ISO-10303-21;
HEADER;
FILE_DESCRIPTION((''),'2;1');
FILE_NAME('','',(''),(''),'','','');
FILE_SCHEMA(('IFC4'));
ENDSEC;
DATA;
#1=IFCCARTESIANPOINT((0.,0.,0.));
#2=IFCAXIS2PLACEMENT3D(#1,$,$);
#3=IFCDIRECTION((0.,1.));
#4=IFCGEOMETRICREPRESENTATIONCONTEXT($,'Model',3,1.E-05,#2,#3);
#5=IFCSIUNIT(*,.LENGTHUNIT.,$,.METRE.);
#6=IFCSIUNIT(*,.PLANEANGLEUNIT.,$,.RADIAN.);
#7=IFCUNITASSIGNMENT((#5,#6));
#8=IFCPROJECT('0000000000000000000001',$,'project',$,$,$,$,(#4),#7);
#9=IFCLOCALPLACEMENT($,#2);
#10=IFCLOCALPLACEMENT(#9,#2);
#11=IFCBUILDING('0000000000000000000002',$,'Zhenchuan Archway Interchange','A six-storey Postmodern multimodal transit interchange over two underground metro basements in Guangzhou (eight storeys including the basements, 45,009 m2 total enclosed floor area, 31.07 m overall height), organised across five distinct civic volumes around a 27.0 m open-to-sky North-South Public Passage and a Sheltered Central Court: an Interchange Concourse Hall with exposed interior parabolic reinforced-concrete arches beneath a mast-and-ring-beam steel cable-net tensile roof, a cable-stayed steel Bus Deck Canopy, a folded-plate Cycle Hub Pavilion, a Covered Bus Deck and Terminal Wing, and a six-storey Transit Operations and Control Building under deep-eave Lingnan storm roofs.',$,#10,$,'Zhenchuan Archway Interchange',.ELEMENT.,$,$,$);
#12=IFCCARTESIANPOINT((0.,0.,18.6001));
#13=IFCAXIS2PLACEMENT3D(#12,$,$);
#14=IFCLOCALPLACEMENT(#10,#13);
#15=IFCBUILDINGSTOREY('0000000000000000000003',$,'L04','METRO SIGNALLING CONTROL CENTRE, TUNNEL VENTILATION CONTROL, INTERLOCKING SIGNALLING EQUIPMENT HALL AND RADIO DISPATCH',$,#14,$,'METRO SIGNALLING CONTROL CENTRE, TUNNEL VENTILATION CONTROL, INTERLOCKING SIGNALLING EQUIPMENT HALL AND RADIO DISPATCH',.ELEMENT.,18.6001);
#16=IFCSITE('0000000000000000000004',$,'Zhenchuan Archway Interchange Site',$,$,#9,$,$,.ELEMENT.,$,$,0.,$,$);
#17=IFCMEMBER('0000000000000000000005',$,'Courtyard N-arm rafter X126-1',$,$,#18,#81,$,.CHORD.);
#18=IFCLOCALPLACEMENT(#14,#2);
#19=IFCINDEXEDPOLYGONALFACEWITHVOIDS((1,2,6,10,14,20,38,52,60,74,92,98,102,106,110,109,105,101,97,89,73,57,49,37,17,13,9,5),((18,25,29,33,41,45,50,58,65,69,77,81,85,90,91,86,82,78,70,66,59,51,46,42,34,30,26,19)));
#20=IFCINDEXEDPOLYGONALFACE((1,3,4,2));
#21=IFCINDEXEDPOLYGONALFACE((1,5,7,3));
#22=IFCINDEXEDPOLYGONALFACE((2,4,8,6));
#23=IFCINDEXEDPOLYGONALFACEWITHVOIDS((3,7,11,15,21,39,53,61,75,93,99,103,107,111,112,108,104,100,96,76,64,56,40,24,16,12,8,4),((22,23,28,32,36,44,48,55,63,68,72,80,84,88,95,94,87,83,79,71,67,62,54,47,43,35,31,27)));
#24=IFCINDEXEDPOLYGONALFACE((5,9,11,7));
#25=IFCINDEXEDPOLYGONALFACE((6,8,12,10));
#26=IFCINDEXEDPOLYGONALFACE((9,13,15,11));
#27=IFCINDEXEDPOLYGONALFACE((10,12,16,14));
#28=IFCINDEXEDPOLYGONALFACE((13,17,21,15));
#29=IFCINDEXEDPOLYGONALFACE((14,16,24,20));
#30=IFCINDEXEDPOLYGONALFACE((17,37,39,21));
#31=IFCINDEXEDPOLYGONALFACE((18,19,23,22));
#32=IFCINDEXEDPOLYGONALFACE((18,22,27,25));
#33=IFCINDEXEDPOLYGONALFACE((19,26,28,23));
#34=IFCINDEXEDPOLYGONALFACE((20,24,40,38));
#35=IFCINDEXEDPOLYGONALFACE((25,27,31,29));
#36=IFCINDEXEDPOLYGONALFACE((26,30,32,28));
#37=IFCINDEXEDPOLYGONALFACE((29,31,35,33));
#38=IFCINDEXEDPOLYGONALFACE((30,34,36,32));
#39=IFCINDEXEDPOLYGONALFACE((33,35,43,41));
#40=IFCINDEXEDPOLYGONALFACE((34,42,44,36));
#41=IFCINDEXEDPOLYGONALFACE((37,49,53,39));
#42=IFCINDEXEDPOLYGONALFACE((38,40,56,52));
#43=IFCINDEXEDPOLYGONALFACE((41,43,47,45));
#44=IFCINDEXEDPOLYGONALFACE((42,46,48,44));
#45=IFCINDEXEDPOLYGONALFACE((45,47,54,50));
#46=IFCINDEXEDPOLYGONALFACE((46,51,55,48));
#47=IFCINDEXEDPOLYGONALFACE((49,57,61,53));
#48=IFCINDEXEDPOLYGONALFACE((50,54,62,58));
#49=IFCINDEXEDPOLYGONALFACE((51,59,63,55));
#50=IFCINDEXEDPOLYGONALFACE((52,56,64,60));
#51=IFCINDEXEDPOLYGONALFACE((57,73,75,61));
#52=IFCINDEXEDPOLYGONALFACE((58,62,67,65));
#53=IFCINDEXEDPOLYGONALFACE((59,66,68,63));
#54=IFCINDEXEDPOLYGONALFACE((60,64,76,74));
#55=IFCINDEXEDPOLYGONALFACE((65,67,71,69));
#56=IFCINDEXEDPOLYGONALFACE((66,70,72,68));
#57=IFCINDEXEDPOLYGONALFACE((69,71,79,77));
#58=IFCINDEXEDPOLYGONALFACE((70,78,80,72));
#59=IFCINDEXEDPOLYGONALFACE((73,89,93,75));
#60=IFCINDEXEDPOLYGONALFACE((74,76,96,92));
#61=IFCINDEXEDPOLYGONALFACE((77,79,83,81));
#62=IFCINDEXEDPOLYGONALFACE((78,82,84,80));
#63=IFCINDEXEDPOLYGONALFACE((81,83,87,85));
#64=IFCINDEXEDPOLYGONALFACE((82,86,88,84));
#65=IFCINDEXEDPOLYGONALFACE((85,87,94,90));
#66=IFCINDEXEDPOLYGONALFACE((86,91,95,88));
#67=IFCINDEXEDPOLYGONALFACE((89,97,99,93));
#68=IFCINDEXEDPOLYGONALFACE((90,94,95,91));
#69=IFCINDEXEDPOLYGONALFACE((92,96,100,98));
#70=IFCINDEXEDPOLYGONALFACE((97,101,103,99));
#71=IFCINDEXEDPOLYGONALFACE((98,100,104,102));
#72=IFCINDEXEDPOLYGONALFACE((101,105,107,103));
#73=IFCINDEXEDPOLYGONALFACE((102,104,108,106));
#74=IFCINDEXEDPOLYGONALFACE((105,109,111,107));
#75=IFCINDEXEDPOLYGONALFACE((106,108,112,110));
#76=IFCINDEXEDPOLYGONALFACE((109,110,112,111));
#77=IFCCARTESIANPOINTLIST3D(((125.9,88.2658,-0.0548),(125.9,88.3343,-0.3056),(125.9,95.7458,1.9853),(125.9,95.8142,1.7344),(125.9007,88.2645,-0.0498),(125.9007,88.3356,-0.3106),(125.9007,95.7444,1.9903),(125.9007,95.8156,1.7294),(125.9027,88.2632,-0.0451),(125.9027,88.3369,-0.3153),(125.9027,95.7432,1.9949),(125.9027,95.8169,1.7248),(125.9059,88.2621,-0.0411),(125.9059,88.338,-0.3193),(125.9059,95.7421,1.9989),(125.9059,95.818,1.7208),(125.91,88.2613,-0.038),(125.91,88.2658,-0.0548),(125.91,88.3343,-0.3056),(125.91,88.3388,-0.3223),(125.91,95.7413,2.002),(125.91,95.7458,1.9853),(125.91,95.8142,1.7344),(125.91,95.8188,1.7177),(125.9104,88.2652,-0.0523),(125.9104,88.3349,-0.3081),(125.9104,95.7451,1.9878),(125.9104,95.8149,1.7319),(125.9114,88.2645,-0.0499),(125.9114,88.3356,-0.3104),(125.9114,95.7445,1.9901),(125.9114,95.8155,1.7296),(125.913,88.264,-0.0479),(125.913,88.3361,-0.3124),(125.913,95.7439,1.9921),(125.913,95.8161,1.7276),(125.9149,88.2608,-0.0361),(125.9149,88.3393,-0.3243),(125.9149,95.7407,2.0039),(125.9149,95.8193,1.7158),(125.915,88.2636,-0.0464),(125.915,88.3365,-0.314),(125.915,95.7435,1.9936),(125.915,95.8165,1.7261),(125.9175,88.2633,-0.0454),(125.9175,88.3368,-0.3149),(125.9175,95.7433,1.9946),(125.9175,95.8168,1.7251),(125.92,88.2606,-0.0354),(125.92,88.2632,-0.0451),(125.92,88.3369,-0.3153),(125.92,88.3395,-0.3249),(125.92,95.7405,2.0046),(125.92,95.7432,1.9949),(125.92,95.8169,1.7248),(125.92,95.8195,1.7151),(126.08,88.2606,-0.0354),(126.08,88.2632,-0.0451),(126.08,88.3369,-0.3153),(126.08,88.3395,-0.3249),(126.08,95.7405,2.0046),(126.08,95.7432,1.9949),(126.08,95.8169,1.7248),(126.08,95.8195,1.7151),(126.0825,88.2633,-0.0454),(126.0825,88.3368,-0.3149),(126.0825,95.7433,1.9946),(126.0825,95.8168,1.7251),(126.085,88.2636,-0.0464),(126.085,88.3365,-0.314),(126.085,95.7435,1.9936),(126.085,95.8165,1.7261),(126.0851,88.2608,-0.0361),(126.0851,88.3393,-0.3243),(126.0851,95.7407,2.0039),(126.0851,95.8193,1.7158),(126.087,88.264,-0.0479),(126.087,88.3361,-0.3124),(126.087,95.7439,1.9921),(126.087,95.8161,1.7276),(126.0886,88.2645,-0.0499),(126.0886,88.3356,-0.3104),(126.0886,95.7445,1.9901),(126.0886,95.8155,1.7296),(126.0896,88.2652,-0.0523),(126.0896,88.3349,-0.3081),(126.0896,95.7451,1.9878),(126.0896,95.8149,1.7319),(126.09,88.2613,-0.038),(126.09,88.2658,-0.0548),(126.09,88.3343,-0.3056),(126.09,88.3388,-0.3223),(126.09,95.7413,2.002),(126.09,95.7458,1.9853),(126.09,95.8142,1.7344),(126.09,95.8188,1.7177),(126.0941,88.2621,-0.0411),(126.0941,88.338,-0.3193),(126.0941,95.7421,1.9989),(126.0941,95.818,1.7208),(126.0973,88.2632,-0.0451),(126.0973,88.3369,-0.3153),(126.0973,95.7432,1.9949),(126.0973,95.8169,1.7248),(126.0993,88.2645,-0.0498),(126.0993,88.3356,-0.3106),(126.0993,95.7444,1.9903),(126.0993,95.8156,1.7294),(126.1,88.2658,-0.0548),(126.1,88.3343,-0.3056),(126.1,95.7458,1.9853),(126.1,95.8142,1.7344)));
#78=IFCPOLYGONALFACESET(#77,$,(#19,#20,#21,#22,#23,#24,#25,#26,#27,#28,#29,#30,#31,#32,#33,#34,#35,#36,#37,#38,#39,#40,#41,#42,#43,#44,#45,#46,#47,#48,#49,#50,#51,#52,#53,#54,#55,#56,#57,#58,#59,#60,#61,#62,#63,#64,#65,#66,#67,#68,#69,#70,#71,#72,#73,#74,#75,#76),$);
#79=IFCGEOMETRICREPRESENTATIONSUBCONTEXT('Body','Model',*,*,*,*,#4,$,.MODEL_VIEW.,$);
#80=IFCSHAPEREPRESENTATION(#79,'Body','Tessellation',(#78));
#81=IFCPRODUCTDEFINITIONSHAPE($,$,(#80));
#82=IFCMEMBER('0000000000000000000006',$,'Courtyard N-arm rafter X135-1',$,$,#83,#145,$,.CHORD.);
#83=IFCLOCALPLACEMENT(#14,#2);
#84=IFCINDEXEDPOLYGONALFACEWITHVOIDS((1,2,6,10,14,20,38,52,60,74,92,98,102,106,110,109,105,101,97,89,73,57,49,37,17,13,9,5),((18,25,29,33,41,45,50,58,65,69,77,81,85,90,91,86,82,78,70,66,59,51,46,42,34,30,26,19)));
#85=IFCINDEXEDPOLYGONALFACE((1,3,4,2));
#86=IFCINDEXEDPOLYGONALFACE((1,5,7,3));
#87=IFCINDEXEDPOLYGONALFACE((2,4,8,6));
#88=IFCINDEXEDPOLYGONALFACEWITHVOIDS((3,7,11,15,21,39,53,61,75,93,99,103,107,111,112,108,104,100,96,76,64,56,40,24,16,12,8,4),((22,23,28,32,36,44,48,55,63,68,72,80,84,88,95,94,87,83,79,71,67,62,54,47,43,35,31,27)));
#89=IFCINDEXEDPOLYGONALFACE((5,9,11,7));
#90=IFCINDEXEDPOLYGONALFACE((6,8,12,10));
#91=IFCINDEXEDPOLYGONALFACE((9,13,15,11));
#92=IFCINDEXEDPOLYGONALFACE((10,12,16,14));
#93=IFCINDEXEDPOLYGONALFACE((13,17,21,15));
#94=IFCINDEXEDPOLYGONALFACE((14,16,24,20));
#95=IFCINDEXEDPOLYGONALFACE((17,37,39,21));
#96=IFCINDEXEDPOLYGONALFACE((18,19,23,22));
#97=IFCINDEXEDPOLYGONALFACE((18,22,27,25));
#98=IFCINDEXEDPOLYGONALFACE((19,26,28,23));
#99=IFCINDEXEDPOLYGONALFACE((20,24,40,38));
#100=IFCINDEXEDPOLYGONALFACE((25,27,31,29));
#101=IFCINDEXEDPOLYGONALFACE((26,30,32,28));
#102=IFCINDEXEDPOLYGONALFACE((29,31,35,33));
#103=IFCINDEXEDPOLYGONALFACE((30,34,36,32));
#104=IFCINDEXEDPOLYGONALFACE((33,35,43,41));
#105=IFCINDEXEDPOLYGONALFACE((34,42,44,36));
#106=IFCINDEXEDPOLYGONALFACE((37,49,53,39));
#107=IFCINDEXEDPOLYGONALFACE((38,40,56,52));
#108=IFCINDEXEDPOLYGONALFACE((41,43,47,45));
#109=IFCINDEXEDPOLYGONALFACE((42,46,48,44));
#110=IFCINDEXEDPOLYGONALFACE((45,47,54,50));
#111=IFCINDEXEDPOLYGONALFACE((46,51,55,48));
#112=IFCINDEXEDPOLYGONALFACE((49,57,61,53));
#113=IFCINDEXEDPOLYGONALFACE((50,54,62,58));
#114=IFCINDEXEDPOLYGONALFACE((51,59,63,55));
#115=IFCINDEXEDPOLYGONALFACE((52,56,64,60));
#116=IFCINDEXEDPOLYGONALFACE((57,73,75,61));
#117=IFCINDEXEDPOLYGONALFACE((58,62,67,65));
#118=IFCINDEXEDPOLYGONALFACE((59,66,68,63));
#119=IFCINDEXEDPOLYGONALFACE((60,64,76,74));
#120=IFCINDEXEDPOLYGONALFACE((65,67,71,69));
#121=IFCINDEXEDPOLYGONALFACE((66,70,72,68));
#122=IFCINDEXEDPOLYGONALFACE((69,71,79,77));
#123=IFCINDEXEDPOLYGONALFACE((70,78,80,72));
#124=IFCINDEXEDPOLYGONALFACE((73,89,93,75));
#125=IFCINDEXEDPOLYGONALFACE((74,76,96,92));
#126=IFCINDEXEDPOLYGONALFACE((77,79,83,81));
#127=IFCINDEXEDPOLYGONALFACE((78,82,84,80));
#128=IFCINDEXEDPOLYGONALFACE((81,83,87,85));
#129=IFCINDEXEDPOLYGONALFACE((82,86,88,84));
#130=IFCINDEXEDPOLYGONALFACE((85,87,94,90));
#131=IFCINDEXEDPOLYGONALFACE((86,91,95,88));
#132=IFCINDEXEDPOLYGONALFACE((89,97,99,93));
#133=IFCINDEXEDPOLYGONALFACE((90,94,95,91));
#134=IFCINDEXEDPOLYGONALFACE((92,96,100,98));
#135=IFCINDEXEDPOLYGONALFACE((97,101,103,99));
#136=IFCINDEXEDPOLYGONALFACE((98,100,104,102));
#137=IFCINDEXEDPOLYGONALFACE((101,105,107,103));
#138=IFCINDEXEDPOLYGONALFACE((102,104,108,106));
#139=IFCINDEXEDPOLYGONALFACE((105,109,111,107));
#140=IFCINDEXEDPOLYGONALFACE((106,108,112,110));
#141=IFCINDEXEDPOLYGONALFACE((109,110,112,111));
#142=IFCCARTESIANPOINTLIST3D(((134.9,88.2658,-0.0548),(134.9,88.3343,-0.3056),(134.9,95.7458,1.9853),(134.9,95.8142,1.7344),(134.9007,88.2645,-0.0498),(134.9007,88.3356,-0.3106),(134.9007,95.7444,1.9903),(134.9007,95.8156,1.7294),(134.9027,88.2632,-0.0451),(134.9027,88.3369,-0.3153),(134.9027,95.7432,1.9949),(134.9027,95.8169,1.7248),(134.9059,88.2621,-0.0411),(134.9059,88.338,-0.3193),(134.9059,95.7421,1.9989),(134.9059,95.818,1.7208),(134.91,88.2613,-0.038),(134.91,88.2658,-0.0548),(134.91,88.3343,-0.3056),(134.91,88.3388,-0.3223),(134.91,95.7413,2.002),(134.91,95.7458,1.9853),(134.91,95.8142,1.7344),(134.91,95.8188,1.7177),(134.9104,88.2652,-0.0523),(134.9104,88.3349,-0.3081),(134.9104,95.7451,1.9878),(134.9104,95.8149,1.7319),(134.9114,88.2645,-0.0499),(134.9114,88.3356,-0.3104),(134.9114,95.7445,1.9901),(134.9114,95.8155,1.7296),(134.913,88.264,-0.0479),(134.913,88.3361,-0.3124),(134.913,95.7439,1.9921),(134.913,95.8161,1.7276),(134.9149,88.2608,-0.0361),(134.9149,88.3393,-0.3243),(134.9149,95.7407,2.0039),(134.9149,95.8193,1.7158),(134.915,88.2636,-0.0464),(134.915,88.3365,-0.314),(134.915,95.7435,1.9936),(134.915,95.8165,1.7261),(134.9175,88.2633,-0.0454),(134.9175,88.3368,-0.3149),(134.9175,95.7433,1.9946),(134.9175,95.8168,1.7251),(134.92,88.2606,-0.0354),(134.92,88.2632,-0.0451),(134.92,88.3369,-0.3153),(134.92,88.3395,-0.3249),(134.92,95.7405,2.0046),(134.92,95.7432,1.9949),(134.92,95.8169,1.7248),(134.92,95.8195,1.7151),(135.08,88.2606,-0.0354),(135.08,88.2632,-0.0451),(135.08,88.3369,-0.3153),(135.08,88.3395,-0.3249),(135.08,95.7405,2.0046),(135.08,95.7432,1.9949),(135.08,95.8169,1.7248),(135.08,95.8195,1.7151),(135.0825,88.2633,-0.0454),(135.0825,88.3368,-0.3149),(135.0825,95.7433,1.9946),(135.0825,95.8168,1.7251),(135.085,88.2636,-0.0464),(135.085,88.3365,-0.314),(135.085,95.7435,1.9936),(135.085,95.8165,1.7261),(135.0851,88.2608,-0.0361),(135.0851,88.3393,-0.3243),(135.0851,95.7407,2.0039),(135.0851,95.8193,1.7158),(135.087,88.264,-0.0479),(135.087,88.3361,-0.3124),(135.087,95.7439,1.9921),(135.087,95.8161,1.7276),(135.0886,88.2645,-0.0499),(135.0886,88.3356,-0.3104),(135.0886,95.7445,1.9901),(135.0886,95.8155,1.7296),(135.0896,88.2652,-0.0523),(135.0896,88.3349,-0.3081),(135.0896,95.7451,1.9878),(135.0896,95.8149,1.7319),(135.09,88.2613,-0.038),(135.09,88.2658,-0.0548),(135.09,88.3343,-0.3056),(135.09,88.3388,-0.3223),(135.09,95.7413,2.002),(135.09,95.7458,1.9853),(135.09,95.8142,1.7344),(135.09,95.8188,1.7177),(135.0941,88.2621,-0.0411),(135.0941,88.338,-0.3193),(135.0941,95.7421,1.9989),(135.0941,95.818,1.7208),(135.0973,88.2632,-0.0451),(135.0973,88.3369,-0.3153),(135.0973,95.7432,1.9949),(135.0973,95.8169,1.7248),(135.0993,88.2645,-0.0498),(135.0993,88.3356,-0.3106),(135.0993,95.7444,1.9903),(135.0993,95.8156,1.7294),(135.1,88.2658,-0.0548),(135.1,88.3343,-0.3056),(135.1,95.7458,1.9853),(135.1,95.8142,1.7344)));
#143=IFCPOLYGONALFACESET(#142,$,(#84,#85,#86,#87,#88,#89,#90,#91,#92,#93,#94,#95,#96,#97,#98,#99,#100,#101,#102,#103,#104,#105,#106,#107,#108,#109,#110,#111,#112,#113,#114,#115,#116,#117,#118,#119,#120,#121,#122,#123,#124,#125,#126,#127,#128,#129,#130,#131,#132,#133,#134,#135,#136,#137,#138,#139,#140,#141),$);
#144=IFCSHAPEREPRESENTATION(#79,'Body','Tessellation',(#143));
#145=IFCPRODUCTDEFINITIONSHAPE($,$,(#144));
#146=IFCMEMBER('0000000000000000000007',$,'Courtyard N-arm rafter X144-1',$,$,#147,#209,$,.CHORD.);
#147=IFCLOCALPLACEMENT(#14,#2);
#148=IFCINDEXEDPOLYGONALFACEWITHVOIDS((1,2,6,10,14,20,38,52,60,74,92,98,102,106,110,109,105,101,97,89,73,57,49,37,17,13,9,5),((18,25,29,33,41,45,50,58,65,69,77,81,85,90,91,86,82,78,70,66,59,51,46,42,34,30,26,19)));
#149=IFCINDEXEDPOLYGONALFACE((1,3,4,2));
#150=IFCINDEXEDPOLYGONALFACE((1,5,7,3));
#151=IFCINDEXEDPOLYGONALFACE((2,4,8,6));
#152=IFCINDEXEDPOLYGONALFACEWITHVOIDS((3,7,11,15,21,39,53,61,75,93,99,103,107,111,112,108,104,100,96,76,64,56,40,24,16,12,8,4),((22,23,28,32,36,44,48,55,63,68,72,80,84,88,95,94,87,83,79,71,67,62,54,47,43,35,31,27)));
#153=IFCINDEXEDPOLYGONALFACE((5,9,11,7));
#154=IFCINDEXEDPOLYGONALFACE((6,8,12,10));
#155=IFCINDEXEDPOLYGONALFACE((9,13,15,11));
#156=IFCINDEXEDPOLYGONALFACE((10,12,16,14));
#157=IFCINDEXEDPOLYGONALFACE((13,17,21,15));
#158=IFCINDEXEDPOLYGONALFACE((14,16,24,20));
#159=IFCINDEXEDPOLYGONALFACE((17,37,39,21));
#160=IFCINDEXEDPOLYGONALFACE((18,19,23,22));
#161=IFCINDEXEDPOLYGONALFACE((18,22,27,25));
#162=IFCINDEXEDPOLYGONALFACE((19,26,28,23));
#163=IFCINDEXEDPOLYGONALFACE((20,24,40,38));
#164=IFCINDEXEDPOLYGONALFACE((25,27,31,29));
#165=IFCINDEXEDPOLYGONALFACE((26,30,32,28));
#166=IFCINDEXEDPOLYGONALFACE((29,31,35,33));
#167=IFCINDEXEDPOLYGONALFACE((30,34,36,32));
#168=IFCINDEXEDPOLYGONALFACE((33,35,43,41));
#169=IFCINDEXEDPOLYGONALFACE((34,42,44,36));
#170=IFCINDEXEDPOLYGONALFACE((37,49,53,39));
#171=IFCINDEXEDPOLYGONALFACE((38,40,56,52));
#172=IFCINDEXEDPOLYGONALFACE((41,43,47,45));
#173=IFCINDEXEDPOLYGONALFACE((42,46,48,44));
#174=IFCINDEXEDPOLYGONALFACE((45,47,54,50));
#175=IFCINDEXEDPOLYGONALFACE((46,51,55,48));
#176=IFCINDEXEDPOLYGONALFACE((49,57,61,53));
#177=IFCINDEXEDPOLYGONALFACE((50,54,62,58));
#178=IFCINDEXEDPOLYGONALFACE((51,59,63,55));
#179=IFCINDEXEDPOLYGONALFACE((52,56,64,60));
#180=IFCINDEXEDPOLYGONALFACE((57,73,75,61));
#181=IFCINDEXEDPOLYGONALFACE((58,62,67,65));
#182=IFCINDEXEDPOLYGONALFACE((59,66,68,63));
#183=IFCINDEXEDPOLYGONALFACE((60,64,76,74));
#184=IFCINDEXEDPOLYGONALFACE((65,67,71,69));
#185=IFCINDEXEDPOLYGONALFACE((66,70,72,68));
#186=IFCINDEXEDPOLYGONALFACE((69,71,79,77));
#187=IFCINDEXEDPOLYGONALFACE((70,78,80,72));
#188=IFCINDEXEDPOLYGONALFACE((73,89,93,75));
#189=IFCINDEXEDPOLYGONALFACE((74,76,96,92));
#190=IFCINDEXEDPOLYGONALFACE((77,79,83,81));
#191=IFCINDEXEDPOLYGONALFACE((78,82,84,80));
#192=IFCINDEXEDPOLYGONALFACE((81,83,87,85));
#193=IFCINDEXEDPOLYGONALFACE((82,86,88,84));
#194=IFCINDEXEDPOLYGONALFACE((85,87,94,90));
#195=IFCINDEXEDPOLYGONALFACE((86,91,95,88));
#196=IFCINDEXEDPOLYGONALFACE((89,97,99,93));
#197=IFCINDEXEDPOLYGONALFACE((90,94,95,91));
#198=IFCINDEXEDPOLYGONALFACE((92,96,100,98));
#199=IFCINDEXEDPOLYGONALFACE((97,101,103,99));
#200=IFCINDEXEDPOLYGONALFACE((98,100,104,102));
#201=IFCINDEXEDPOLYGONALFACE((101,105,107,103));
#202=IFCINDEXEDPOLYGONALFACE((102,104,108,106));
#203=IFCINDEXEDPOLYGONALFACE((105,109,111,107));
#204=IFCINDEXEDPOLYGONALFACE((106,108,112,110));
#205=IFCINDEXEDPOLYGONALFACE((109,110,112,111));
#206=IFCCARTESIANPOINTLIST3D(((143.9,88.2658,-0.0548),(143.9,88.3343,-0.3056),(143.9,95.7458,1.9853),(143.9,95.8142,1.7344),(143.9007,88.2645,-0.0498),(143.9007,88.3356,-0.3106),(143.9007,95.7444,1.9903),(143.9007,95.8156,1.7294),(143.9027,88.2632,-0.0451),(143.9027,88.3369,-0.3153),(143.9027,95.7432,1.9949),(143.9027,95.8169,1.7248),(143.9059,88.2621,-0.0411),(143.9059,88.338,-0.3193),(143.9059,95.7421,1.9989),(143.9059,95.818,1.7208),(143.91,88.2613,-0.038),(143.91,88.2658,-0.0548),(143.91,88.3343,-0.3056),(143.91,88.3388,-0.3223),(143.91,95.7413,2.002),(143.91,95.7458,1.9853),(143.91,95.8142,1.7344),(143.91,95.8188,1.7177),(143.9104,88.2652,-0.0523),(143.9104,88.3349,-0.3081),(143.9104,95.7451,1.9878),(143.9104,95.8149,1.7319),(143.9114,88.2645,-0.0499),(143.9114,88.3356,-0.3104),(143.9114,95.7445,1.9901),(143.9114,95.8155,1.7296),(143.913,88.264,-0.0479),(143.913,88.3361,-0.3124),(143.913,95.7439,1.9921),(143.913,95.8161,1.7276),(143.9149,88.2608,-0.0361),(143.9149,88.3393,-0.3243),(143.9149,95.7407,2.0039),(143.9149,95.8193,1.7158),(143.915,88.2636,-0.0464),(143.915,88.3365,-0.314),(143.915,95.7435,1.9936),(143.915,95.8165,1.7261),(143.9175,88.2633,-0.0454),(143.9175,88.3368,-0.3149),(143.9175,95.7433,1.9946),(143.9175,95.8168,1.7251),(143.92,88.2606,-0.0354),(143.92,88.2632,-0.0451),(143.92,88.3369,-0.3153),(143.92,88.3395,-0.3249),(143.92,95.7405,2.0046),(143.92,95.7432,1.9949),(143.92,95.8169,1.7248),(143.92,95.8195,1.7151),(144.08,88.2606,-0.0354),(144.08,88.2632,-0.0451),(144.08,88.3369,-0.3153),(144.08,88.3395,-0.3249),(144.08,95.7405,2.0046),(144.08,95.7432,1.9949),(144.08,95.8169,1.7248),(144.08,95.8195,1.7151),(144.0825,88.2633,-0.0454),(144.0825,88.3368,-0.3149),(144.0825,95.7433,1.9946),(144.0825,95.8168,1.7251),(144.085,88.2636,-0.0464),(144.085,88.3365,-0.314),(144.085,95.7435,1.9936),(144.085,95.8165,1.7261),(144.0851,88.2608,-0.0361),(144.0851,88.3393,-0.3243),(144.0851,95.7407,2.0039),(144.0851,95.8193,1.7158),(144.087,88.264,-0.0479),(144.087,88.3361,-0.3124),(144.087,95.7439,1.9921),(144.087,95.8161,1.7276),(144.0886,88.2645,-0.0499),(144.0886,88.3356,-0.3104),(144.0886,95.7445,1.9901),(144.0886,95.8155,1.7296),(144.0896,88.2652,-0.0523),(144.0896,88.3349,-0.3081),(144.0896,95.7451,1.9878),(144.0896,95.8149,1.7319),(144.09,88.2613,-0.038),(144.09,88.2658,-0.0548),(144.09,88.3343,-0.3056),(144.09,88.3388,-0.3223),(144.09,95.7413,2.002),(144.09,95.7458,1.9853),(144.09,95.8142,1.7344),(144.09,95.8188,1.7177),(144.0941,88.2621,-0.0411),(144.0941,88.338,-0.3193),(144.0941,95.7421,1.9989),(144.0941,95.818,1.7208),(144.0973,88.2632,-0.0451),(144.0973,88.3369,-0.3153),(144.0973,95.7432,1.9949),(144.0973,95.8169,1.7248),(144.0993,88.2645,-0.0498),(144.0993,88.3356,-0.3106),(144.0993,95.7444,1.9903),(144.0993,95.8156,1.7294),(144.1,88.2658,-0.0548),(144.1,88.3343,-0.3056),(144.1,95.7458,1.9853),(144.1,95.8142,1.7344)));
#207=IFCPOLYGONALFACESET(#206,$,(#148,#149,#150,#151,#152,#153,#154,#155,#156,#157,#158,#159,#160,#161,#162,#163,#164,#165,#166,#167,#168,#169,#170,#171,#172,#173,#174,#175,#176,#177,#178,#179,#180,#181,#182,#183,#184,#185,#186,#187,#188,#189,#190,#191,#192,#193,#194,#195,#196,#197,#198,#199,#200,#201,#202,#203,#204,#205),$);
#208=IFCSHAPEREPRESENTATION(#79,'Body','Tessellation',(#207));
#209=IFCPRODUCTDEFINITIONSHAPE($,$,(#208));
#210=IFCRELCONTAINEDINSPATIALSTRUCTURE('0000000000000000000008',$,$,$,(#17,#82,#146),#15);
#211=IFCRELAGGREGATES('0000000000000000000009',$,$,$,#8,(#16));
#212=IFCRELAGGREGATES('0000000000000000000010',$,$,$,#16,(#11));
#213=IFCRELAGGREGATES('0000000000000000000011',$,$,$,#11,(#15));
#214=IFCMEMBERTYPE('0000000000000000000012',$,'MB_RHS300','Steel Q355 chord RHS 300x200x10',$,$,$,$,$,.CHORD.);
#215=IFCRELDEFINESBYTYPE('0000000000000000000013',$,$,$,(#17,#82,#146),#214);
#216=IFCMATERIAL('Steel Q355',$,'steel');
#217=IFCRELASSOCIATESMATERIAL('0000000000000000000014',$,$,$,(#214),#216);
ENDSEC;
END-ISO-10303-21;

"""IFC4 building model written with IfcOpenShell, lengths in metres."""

from ifc_helpers import new_model, si_unit, direction, frame, origin, origin_2d, place, context, subcontext, project, spatial, hollow_rectangle, extrude, material, material_profile, profile_set, type_object, element, save


model = new_model("IFC4")

# Units and contexts
model_context = context("Model", 3, precision=1e-05, world=origin(), true_north=direction((0.0, 1.0)))
body_context = subcontext(model_context, "Body", "Model", "MODEL_VIEW")
ifc_project = project(units=[si_unit("LENGTHUNIT", "METRE"), si_unit("PLANEANGLEUNIT", "RADIAN")], contexts=[model_context])

# Site, building, storey
site_placement = place(None, origin())
site = spatial("IfcSite", under=ifc_project, at=site_placement, Name="Zhenchuan Archway Interchange Site", CompositionType="ELEMENT", RefElevation=0.0)
building_placement = place(site_placement, origin())
building = spatial("IfcBuilding", under=site, at=building_placement, Name="Zhenchuan Archway Interchange", Description="A six-storey Postmodern multimodal transit interchange over two underground metro basements in Guangzhou (eight storeys including the basements, 45,009 m2 total enclosed floor area, 31.07 m overall height), organised across five distinct civic volumes around a 27.0 m open-to-sky North-South Public Passage and a Sheltered Central Court: an Interchange Concourse Hall with exposed interior parabolic reinforced-concrete arches beneath a mast-and-ring-beam steel cable-net tensile roof, a cable-stayed steel Bus Deck Canopy, a folded-plate Cycle Hub Pavilion, a Covered Bus Deck and Terminal Wing, and a six-storey Transit Operations and Control Building under deep-eave Lingnan storm roofs.", LongName="Zhenchuan Archway Interchange", CompositionType="ELEMENT")
storey_placement = place(building_placement, frame((0.0, 0.0, 18.6001)))
storey = spatial("IfcBuildingStorey", under=building, at=storey_placement, Name="L04", Description="METRO SIGNALLING CONTROL CENTRE, TUNNEL VENTILATION CONTROL, INTERLOCKING SIGNALLING EQUIPMENT HALL AND RADIO DISPATCH", LongName="METRO SIGNALLING CONTROL CENTRE, TUNNEL VENTILATION CONTROL, INTERLOCKING SIGNALLING EQUIPMENT HALL AND RADIO DISPATCH", CompositionType="ELEMENT", Elevation=18.6001)

# Shared definitions
ifc_material_1 = material(Name="Steel Q355", Category="steel")

# Members
ifc_material_profile_1 = material_profile(ifc_material_1, hollow_rectangle(XDim=0.2, YDim=0.3, WallThickness=0.01, InnerFilletRadius=0.01, OuterFilletRadius=0.02, at=origin_2d()), Name="RHS 300x200x10")
ifc_profile_set_1 = profile_set([ifc_material_profile_1], Name="Steel Q355")
member_type = type_object("IfcMemberType", Name="MB_RHS300", Description="Steel Q355 chord RHS 300x200x10", PredefinedType="CHORD", material=ifc_profile_set_1)
for number, where, z_axis, x_axis, name in (
    (1, (126.0, 88.3, -0.1802), (0.0, 0.964762, 0.263123), (-1.0, 0.0, 0.0), "Courtyard N-arm rafter X126-1"),
    (2, (135.0, 88.3, -0.1802), (0.0, 0.964762, 0.263123), (-1.0, 0.0, 0.0), "Courtyard N-arm rafter X135-1"),
    (3, (144.0, 88.3, -0.1802), (0.0, 0.964762, 0.263123), (-1.0, 0.0, 0.0), "Courtyard N-arm rafter X144-1"),
):
    element("IfcMember", number, at=place(storey_placement, frame(where, z_axis=z_axis, x_axis=x_axis)), inside=storey, type_object=member_type, Name=name, PredefinedType="CHORD", context=body_context, shape_type="SweptSolid", body=[
        extrude(hollow_rectangle(XDim=0.2, YDim=0.3, WallThickness=0.01, InnerFilletRadius=0.01, OuterFilletRadius=0.02, at=origin_2d()), origin(), (0.0, 0.0, 1.0), 7.7532),
    ])

save(model, "model.ifc")
